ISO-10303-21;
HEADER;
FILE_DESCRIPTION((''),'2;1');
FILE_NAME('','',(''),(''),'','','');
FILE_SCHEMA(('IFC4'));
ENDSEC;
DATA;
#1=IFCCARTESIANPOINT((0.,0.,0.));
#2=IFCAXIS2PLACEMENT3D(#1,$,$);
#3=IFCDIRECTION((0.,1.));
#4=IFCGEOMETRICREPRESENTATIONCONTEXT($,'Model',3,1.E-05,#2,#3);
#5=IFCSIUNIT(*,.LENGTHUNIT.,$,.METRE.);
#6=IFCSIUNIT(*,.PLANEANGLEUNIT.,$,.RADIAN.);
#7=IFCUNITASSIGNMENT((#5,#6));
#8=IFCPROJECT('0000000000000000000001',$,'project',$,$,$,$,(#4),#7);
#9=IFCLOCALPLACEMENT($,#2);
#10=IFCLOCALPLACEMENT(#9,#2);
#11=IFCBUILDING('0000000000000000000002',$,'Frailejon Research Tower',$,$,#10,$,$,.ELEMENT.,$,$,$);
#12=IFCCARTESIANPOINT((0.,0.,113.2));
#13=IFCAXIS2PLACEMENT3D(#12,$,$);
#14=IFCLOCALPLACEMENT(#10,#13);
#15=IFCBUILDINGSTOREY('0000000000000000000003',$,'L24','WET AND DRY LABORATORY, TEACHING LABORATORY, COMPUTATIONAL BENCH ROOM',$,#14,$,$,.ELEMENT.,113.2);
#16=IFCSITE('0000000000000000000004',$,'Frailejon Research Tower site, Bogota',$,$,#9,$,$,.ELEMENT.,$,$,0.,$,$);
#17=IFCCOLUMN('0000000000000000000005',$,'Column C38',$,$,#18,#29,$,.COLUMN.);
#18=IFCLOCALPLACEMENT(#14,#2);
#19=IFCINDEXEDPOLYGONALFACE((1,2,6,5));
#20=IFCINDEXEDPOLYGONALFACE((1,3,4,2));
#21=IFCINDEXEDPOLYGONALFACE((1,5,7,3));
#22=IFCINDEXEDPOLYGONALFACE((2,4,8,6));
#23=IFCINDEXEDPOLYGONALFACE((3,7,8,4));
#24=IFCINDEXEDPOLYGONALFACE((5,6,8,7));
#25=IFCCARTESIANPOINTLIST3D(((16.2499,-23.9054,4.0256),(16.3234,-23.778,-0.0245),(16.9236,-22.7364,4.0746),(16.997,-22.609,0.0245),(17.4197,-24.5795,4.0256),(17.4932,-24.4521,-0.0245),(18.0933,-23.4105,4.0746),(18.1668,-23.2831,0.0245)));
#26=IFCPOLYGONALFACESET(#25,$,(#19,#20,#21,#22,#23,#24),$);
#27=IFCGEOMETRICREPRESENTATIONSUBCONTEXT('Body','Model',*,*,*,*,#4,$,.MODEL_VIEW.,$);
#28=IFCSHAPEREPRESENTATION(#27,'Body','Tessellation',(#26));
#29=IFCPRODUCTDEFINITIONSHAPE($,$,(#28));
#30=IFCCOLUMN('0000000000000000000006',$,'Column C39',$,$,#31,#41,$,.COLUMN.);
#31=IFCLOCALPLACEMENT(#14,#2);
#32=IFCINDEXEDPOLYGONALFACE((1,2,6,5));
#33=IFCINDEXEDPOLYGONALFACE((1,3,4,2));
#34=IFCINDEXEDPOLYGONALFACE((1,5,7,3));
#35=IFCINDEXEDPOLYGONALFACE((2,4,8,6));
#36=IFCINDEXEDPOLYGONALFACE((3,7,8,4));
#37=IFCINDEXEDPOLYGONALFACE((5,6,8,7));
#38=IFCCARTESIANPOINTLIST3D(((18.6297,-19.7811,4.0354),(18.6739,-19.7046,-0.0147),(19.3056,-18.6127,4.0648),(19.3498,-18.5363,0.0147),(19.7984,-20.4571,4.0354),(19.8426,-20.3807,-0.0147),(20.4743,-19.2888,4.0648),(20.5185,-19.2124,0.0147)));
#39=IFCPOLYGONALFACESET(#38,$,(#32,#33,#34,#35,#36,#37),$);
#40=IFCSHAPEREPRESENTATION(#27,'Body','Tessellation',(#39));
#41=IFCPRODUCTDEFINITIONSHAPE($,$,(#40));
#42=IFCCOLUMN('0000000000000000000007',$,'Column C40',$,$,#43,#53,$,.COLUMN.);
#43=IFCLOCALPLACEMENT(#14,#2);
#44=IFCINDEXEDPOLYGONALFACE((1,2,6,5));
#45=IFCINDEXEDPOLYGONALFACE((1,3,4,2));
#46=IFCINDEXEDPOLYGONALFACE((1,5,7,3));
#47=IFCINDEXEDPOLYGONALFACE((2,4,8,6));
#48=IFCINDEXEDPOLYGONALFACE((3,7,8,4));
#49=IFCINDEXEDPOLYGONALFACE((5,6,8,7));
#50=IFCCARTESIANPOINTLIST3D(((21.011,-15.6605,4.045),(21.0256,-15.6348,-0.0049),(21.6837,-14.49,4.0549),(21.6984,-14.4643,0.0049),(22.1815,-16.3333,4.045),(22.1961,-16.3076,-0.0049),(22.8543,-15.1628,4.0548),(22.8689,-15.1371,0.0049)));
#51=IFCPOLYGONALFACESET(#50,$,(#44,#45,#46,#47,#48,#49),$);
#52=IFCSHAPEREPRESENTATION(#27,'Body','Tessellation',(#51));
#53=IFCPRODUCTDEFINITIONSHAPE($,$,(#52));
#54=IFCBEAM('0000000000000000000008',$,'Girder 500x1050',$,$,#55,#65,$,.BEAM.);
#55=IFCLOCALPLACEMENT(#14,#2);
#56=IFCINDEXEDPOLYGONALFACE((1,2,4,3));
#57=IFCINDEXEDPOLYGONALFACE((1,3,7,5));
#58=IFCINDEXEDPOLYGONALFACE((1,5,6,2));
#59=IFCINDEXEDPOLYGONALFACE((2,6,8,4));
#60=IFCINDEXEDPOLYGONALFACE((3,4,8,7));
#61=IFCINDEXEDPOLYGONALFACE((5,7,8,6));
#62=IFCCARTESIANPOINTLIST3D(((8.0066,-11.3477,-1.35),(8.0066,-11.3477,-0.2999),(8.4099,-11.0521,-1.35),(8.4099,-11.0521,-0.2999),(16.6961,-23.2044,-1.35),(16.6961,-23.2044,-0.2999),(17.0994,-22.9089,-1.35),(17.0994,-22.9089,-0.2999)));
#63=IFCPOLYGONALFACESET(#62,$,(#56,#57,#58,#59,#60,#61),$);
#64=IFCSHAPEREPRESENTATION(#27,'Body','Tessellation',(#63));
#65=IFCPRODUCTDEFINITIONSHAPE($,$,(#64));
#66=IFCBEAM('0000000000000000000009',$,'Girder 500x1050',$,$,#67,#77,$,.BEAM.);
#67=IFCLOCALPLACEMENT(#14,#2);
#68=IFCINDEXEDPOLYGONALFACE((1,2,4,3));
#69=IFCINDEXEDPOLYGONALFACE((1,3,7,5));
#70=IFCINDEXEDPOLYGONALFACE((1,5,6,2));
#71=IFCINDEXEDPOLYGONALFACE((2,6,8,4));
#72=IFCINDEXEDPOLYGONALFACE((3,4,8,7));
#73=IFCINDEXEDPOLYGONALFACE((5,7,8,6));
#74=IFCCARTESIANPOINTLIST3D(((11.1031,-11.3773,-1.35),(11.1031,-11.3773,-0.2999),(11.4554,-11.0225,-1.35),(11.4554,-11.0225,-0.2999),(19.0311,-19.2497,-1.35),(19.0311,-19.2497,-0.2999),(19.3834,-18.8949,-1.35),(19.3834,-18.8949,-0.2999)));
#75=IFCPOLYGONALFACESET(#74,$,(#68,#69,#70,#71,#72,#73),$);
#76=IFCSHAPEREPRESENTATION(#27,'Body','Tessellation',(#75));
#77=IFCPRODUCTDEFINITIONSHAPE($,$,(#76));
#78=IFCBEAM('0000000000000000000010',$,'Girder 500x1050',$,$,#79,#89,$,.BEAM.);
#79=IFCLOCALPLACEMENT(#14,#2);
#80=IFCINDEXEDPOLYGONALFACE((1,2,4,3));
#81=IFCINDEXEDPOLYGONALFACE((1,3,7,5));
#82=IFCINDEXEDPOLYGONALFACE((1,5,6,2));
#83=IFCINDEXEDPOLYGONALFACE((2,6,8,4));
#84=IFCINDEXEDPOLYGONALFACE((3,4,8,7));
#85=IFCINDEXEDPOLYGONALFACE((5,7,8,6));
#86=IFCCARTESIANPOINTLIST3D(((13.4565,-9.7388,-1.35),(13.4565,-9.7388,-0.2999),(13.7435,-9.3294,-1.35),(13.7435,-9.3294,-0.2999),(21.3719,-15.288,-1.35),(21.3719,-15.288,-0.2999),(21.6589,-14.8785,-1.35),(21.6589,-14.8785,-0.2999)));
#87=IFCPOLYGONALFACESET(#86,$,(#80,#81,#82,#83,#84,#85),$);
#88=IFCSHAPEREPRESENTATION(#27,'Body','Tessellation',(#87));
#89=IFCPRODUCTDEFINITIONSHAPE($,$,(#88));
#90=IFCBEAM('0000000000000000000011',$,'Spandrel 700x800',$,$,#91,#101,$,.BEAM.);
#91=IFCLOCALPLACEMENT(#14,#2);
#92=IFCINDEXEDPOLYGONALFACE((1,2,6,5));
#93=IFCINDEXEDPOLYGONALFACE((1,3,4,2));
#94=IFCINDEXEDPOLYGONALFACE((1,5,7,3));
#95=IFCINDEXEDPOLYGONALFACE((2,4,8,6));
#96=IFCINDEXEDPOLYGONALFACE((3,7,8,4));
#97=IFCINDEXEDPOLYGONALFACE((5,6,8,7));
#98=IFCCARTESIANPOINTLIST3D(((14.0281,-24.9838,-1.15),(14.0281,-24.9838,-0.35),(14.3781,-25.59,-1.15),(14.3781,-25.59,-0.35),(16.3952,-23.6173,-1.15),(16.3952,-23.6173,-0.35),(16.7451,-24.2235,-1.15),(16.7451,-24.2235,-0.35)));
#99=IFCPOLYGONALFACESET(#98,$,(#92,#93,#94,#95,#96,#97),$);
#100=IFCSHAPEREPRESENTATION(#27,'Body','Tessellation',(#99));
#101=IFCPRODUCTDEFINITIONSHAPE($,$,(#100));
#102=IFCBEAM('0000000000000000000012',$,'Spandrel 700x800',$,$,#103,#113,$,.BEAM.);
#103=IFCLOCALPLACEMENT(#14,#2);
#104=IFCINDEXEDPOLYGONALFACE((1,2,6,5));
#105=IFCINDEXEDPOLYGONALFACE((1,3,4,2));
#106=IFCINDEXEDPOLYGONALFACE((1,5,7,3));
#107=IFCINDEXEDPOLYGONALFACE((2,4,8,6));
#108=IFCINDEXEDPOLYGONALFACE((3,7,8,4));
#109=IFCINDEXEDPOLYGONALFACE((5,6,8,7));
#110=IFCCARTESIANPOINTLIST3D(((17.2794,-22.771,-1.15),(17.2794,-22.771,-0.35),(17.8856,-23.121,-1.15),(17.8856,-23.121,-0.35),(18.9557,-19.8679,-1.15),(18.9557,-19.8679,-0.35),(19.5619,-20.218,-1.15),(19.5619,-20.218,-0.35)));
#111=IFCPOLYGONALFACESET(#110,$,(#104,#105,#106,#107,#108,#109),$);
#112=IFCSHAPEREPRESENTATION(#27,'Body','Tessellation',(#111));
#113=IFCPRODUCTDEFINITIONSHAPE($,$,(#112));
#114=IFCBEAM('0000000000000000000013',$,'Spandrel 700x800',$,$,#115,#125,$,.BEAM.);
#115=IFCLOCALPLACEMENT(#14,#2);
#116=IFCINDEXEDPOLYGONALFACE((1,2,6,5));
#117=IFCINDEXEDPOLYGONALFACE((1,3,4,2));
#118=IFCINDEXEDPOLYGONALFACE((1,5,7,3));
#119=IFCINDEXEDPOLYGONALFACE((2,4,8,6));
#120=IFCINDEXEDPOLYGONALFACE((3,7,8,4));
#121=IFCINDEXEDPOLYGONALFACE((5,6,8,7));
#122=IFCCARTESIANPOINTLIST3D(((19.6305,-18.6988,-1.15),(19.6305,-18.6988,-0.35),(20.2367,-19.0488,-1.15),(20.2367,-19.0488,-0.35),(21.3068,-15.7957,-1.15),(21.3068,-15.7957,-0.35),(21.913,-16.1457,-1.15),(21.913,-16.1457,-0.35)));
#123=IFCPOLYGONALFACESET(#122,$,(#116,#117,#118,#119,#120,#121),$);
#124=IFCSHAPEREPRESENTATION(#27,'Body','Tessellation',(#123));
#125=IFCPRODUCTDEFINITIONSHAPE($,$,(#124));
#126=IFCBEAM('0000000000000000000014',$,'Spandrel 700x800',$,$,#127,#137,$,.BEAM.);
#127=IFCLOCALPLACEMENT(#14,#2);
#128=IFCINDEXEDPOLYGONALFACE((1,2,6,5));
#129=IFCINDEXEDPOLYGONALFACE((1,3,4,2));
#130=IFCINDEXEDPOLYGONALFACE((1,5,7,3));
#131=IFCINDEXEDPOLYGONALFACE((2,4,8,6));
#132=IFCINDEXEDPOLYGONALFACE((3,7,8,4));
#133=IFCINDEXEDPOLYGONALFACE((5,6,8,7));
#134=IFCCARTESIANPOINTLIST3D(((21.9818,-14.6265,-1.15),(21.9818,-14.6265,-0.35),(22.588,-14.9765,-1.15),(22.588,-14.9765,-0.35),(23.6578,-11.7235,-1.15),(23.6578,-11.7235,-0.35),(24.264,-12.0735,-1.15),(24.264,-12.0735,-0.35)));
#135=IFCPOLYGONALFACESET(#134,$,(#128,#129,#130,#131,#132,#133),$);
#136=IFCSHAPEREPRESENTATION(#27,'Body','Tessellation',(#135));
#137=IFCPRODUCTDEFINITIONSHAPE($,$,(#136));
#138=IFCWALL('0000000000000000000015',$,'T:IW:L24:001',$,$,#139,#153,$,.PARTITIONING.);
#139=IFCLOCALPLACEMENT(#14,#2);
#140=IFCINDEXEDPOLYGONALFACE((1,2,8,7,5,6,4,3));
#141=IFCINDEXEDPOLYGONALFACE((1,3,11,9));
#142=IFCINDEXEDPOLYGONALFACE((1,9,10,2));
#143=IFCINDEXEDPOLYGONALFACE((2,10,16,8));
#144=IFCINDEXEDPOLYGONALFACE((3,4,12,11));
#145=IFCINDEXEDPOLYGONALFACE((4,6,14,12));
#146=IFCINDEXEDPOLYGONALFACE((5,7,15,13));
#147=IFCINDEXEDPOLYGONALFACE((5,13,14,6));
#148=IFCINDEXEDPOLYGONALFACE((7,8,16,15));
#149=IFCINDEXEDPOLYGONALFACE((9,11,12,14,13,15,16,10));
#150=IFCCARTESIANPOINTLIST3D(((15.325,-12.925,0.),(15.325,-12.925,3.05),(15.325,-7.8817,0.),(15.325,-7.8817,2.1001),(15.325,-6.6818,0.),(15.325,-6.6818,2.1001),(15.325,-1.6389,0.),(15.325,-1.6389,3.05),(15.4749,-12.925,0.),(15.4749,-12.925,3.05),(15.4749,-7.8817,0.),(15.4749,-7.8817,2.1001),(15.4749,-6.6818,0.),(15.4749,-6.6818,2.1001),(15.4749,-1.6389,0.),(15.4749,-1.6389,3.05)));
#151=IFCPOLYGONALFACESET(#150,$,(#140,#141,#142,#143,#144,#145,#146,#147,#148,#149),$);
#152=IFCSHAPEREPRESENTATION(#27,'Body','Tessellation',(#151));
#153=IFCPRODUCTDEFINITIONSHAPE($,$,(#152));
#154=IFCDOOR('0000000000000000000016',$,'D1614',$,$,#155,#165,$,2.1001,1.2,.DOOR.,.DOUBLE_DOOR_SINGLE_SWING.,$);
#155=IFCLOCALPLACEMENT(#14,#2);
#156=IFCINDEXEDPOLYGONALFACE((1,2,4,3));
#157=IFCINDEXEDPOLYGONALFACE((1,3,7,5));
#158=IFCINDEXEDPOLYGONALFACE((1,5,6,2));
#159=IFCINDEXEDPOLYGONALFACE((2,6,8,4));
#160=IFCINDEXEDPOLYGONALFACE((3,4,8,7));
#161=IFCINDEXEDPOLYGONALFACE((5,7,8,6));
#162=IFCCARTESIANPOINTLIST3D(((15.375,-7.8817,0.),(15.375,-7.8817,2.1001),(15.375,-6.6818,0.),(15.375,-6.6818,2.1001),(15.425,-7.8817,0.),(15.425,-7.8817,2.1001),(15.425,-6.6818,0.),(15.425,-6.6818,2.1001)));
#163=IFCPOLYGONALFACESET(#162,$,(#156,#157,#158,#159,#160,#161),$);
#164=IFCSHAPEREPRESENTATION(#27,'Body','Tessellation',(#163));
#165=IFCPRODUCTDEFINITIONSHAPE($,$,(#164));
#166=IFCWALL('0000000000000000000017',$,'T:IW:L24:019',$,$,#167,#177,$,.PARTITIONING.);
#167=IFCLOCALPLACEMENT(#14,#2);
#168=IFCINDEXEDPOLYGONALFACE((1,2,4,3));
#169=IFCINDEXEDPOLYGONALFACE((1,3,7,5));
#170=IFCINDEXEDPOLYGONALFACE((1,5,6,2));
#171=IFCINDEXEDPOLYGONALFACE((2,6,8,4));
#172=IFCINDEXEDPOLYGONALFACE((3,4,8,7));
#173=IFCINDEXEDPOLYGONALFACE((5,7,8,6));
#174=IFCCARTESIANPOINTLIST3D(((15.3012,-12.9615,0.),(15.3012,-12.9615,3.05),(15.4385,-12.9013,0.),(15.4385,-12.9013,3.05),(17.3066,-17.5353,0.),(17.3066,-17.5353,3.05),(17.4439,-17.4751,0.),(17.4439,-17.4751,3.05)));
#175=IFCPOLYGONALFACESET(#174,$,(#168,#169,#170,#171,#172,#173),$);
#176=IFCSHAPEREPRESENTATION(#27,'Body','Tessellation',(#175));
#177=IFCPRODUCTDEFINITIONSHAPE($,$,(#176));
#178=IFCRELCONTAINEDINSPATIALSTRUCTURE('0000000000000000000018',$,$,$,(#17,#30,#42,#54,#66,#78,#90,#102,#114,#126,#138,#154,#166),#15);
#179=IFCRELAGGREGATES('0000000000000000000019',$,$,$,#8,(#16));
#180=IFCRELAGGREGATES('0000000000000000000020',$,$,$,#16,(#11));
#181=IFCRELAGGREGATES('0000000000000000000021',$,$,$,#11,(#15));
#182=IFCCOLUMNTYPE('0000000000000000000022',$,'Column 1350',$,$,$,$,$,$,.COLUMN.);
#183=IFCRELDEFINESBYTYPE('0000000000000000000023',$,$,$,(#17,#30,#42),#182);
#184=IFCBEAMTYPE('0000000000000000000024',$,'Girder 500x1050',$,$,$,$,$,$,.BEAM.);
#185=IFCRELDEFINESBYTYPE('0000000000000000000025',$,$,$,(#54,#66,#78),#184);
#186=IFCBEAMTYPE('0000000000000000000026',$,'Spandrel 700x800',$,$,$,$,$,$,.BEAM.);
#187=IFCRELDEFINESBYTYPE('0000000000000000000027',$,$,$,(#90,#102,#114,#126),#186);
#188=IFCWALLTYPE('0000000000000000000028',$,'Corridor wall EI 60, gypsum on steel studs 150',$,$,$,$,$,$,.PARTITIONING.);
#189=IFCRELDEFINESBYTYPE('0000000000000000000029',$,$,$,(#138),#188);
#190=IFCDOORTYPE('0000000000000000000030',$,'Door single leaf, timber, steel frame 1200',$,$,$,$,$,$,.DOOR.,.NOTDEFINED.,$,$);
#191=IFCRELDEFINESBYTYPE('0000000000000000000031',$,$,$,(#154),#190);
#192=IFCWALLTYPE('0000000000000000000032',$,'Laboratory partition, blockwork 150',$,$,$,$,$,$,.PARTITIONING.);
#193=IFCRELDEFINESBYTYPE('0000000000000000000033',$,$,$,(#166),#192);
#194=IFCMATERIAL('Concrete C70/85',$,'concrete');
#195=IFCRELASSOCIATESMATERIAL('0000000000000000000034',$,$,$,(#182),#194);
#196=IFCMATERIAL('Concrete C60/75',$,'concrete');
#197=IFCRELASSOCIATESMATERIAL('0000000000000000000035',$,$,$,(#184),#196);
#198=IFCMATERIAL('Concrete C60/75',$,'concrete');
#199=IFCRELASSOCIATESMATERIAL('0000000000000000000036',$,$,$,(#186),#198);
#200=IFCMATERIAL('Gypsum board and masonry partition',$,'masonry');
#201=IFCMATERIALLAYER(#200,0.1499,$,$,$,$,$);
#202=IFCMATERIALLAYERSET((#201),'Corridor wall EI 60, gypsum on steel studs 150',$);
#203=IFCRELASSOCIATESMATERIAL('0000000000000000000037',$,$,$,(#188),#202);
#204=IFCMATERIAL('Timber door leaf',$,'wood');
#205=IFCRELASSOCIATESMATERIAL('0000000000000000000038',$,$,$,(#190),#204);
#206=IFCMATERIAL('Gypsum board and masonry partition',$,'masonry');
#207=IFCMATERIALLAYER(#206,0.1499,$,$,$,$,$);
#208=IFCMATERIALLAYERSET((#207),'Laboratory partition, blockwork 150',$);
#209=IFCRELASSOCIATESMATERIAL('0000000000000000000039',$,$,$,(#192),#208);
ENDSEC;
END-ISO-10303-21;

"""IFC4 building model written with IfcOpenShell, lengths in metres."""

from ifc_helpers import new_model, si_unit, direction, frame, frame_2d, origin, origin_2d, place, context, subcontext, project, spatial, rectangle, extrude, material, layer, layer_set, material_profile, profile_set, type_object, element, fill, save


model = new_model("IFC4")

# Units and contexts
model_context = context("Model", 3, precision=1e-05, world=origin(), true_north=direction((0.0, 1.0)))
body_context = subcontext(model_context, "Body", "Model", "MODEL_VIEW")
ifc_project = project(units=[si_unit("LENGTHUNIT", "METRE"), si_unit("PLANEANGLEUNIT", "RADIAN")], contexts=[model_context])

# Site, building, storey
site_placement = place(None, origin())
site = spatial("IfcSite", under=ifc_project, at=site_placement, Name="Frailejon Research Tower site, Bogota", CompositionType="ELEMENT", RefElevation=0.0)
building_placement = place(site_placement, origin())
building = spatial("IfcBuilding", under=site, at=building_placement, Name="Frailejon Research Tower", CompositionType="ELEMENT")
storey_placement = place(building_placement, frame((0.0, 0.0, 113.2)))
storey = spatial("IfcBuildingStorey", under=building, at=storey_placement, Name="L24", Description="WET AND DRY LABORATORY, TEACHING LABORATORY, COMPUTATIONAL BENCH ROOM", CompositionType="ELEMENT", Elevation=113.2)

# Columns
ifc_material_1 = material(Name="Concrete C70/85", Category="concrete")
ifc_material_profile_1 = material_profile(ifc_material_1, rectangle(XDim=1.3501, YDim=1.3501, at=origin_2d()), Name="Column 1350")
ifc_profile_set_1 = profile_set([ifc_material_profile_1], Name="Concrete C70/85")
column_type = type_object("IfcColumnType", Name="Column 1350", PredefinedType="COLUMN", material=ifc_profile_set_1)
column_1_placement = place(storey_placement, frame((17.2451, -23.5305, 0.0), z_axis=(-0.018133, -0.031446, 0.999341), x_axis=(0.498955, 0.865867, 0.036299)))
element("IfcColumn", 1, at=column_1_placement, inside=storey, type_object=column_type, Name="Column C38", PredefinedType="COLUMN", context=body_context, shape_type="SweptSolid", body=[
    extrude(rectangle(XDim=1.3501, YDim=1.3501, at=origin_2d()), origin(), (0.0, 0.0, 1.0), 4.0527),
])
column_2_placement = place(storey_placement, frame((19.5962, -19.4585, 0.0), z_axis=(-0.010908, -0.018863, 0.999763), x_axis=(0.500638, 0.865382, 0.02179)))
element("IfcColumn", 2, at=column_2_placement, inside=storey, type_object=column_type, Name="Column C39", PredefinedType="COLUMN", context=body_context, shape_type="SweptSolid", body=[
    extrude(rectangle(XDim=1.3501, YDim=1.3501, at=origin_2d()), origin(), (0.0, 0.0, 1.0), 4.051),
])
column_3_placement = place(storey_placement, frame((21.9473, -15.386, 0.0), z_axis=(-0.003617, -0.006329, 0.999973), x_axis=(0.498305, 0.866971, 0.00729)))
element("IfcColumn", 3, at=column_3_placement, inside=storey, type_object=column_type, Name="Column C40", PredefinedType="COLUMN", context=body_context, shape_type="SweptSolid", body=[
    extrude(rectangle(XDim=1.3501, YDim=1.3501, at=origin_2d()), origin(), (0.0, 0.0, 1.0), 4.05),
])

# Beams
ifc_material_2 = material(Name="Concrete C60/75", Category="concrete")
ifc_material_profile_2 = material_profile(ifc_material_2, rectangle(XDim=0.5, YDim=1.05, at=origin_2d()), Name="Girder 500x1050")
ifc_profile_set_2 = profile_set([ifc_material_profile_2], Name="Concrete C60/75")
beam_type_1 = type_object("IfcBeamType", Name="Girder 500x1050", PredefinedType="BEAM", material=ifc_profile_set_2)
beam_1_placement = place(storey_placement, frame((16.8977, -23.0566, -0.825), z_axis=(-0.591122, 0.806582, 0.0), x_axis=(-0.806582, -0.591122, 0.0)))
element("IfcBeam", 4, at=beam_1_placement, inside=storey, type_object=beam_type_1, Name="Girder 500x1050", PredefinedType="BEAM", context=body_context, shape_type="SweptSolid", body=[
    extrude(rectangle(XDim=0.5, YDim=1.05, at=origin_2d()), origin(), (0.0, 0.0, 1.0), 14.7),
])
beam_2_placement = place(storey_placement, frame((19.2073, -19.0723, -0.825), z_axis=(-0.709593, 0.704611, 0.0), x_axis=(-0.704611, -0.709593, 0.0)))
element("IfcBeam", 5, at=beam_2_placement, inside=storey, type_object=beam_type_1, Name="Girder 500x1050", PredefinedType="BEAM", context=body_context, shape_type="SweptSolid", body=[
    extrude(rectangle(XDim=0.5, YDim=1.05, at=origin_2d()), origin(), (0.0, 0.0, 1.0), 11.1726),
])
beam_3_placement = place(storey_placement, frame((21.5154, -15.0833, -0.825), z_axis=(-0.818825, 0.574044, 0.0), x_axis=(-0.574044, -0.818825, 0.0)))
element("IfcBeam", 6, at=beam_3_placement, inside=storey, type_object=beam_type_1, Name="Girder 500x1050", PredefinedType="BEAM", context=body_context, shape_type="SweptSolid", body=[
    extrude(rectangle(XDim=0.5, YDim=1.05, at=origin_2d()), origin(), (0.0, 0.0, 1.0), 9.6667),
])
ifc_material_3 = material(Name="Concrete C60/75", Category="concrete")
ifc_material_profile_3 = material_profile(ifc_material_3, rectangle(XDim=0.7, YDim=0.8, at=origin_2d()), Name="Spandrel 700x800")
ifc_profile_set_3 = profile_set([ifc_material_profile_3], Name="Concrete C60/75")
beam_type_2 = type_object("IfcBeamType", Name="Spandrel 700x800", PredefinedType="BEAM", material=ifc_profile_set_3)
beam_4_placement = place(storey_placement, frame((14.2031, -25.2869, -0.75), z_axis=(0.866041, 0.499972, 0.0), x_axis=(-0.499972, 0.866041, 0.0)))
element("IfcBeam", 7, at=beam_4_placement, inside=storey, type_object=beam_type_2, Name="Spandrel 700x800", PredefinedType="BEAM", context=body_context, shape_type="SweptSolid", body=[
    extrude(rectangle(XDim=0.7, YDim=0.8, at=origin_2d()), origin(), (0.0, 0.0, 1.0), 2.7332),
])
for number, where, z_axis, x_axis, name in (
    (8, (17.5825, -22.946, -0.75), (0.50004, 0.866002, 0.0), (-0.866002, 0.50004, 0.0), "Spandrel 700x800"),
    (9, (19.9336, -18.8738, -0.75), (0.50004, 0.866002, 0.0), (-0.866002, 0.50004, 0.0), "Spandrel 700x800"),
):
    element("IfcBeam", number, at=place(storey_placement, frame(where, z_axis=z_axis, x_axis=x_axis)), inside=storey, type_object=beam_type_2, Name=name, PredefinedType="BEAM", context=body_context, shape_type="SweptSolid", body=[
        extrude(rectangle(XDim=0.7, YDim=0.8, at=origin_2d()), origin(), (0.0, 0.0, 1.0), 3.3523),
    ])
beam_5_placement = place(storey_placement, frame((22.2849, -14.8015, -0.75), z_axis=(0.499985, 0.866034, 0.0), x_axis=(-0.866034, 0.499985, 0.0)))
element("IfcBeam", 10, at=beam_5_placement, inside=storey, type_object=beam_type_2, Name="Spandrel 700x800", PredefinedType="BEAM", context=body_context, shape_type="SweptSolid", body=[
    extrude(rectangle(XDim=0.7, YDim=0.8, at=origin_2d()), origin(), (0.0, 0.0, 1.0), 3.3521),
])

# Wall, opening, door
ifc_material_4 = material(Name="Gypsum board and masonry partition", Category="masonry")
ifc_layer_1 = layer(ifc_material_4, 0.1499)
ifc_layer_set_1 = layer_set([ifc_layer_1], Name="Corridor wall EI 60, gypsum on steel studs 150")
wall_type_1 = type_object("IfcWallType", Name="Corridor wall EI 60, gypsum on steel studs 150", PredefinedType="PARTITIONING", material=ifc_layer_set_1)
wall_1_placement = place(storey_placement, frame((15.3999, -12.925, 0.0), z_axis=(0.0, 0.0, 1.0), x_axis=(0.0, 1.0, 0.0)))
wall_1 = element("IfcWall", 11, at=wall_1_placement, inside=storey, type_object=wall_type_1, Name="T:IW:L24:001", PredefinedType="PARTITIONING", context=body_context, shape_type="SweptSolid", body=[
    extrude(rectangle(XDim=11.2861, YDim=0.1499, at=frame_2d((5.6431, 0.0))), origin(), (0.0, 0.0, 1.0), 3.05),
])
opening_1_placement = place(wall_1_placement, frame((5.0432, 0.0, 0.0)))
opening_1 = element("IfcOpeningElement", 12, at=opening_1_placement, cuts=wall_1, PredefinedType="OPENING", context=body_context, shape_type="SweptSolid", body=[
    extrude(rectangle(XDim=1.2, YDim=2.1001, at=frame_2d((0.6001, 1.05))), frame((0.0, 0.085, 0.0), z_axis=(0.0, -1.0, 0.0), x_axis=(1.0, 0.0, 0.0)), (0.0, 0.0, 1.0), 0.1699),
])
ifc_material_5 = material(Name="Timber door leaf", Category="wood")
door_type_1 = type_object("IfcDoorType", Name="Door single leaf, timber, steel frame 1200", OperationType="NOTDEFINED", PredefinedType="DOOR", material=ifc_material_5)
door_1_placement = place(opening_1_placement, origin())
door_1 = element("IfcDoor", 13, at=door_1_placement, inside=storey, type_object=door_type_1, Name="D1614", OperationType="DOUBLE_DOOR_SINGLE_SWING", OverallHeight=2.1001, OverallWidth=1.2, PredefinedType="DOOR", context=body_context, shape_type="SweptSolid", body=[
    extrude(rectangle(XDim=1.2, YDim=2.1001, at=frame_2d((0.6001, 1.05))), frame((0.0, 0.0249, 0.0), z_axis=(0.0, -1.0, 0.0), x_axis=(1.0, 0.0, 0.0)), (0.0, 0.0, 1.0), 0.05),
])
fill(opening_1, door_1)

# Wall
ifc_material_6 = material(Name="Gypsum board and masonry partition", Category="masonry")
ifc_layer_2 = layer(ifc_material_6, 0.1499)
ifc_layer_set_2 = layer_set([ifc_layer_2], Name="Laboratory partition, blockwork 150")
wall_type_2 = type_object("IfcWallType", Name="Laboratory partition, blockwork 150", PredefinedType="PARTITIONING", material=ifc_layer_set_2)
wall_2_placement = place(storey_placement, frame((15.3699, -12.9314, 0.0), z_axis=(0.0, 0.0, 1.0), x_axis=(0.401552, -0.915836, 0.0)))
element("IfcWall", 14, at=wall_2_placement, inside=storey, type_object=wall_type_2, Name="T:IW:L24:019", PredefinedType="PARTITIONING", context=body_context, shape_type="SweptSolid", body=[
    extrude(rectangle(XDim=4.9941, YDim=0.1499, at=frame_2d((2.4971, 0.0))), origin(), (0.0, 0.0, 1.0), 3.05),
])

save(model, "model.ifc")
